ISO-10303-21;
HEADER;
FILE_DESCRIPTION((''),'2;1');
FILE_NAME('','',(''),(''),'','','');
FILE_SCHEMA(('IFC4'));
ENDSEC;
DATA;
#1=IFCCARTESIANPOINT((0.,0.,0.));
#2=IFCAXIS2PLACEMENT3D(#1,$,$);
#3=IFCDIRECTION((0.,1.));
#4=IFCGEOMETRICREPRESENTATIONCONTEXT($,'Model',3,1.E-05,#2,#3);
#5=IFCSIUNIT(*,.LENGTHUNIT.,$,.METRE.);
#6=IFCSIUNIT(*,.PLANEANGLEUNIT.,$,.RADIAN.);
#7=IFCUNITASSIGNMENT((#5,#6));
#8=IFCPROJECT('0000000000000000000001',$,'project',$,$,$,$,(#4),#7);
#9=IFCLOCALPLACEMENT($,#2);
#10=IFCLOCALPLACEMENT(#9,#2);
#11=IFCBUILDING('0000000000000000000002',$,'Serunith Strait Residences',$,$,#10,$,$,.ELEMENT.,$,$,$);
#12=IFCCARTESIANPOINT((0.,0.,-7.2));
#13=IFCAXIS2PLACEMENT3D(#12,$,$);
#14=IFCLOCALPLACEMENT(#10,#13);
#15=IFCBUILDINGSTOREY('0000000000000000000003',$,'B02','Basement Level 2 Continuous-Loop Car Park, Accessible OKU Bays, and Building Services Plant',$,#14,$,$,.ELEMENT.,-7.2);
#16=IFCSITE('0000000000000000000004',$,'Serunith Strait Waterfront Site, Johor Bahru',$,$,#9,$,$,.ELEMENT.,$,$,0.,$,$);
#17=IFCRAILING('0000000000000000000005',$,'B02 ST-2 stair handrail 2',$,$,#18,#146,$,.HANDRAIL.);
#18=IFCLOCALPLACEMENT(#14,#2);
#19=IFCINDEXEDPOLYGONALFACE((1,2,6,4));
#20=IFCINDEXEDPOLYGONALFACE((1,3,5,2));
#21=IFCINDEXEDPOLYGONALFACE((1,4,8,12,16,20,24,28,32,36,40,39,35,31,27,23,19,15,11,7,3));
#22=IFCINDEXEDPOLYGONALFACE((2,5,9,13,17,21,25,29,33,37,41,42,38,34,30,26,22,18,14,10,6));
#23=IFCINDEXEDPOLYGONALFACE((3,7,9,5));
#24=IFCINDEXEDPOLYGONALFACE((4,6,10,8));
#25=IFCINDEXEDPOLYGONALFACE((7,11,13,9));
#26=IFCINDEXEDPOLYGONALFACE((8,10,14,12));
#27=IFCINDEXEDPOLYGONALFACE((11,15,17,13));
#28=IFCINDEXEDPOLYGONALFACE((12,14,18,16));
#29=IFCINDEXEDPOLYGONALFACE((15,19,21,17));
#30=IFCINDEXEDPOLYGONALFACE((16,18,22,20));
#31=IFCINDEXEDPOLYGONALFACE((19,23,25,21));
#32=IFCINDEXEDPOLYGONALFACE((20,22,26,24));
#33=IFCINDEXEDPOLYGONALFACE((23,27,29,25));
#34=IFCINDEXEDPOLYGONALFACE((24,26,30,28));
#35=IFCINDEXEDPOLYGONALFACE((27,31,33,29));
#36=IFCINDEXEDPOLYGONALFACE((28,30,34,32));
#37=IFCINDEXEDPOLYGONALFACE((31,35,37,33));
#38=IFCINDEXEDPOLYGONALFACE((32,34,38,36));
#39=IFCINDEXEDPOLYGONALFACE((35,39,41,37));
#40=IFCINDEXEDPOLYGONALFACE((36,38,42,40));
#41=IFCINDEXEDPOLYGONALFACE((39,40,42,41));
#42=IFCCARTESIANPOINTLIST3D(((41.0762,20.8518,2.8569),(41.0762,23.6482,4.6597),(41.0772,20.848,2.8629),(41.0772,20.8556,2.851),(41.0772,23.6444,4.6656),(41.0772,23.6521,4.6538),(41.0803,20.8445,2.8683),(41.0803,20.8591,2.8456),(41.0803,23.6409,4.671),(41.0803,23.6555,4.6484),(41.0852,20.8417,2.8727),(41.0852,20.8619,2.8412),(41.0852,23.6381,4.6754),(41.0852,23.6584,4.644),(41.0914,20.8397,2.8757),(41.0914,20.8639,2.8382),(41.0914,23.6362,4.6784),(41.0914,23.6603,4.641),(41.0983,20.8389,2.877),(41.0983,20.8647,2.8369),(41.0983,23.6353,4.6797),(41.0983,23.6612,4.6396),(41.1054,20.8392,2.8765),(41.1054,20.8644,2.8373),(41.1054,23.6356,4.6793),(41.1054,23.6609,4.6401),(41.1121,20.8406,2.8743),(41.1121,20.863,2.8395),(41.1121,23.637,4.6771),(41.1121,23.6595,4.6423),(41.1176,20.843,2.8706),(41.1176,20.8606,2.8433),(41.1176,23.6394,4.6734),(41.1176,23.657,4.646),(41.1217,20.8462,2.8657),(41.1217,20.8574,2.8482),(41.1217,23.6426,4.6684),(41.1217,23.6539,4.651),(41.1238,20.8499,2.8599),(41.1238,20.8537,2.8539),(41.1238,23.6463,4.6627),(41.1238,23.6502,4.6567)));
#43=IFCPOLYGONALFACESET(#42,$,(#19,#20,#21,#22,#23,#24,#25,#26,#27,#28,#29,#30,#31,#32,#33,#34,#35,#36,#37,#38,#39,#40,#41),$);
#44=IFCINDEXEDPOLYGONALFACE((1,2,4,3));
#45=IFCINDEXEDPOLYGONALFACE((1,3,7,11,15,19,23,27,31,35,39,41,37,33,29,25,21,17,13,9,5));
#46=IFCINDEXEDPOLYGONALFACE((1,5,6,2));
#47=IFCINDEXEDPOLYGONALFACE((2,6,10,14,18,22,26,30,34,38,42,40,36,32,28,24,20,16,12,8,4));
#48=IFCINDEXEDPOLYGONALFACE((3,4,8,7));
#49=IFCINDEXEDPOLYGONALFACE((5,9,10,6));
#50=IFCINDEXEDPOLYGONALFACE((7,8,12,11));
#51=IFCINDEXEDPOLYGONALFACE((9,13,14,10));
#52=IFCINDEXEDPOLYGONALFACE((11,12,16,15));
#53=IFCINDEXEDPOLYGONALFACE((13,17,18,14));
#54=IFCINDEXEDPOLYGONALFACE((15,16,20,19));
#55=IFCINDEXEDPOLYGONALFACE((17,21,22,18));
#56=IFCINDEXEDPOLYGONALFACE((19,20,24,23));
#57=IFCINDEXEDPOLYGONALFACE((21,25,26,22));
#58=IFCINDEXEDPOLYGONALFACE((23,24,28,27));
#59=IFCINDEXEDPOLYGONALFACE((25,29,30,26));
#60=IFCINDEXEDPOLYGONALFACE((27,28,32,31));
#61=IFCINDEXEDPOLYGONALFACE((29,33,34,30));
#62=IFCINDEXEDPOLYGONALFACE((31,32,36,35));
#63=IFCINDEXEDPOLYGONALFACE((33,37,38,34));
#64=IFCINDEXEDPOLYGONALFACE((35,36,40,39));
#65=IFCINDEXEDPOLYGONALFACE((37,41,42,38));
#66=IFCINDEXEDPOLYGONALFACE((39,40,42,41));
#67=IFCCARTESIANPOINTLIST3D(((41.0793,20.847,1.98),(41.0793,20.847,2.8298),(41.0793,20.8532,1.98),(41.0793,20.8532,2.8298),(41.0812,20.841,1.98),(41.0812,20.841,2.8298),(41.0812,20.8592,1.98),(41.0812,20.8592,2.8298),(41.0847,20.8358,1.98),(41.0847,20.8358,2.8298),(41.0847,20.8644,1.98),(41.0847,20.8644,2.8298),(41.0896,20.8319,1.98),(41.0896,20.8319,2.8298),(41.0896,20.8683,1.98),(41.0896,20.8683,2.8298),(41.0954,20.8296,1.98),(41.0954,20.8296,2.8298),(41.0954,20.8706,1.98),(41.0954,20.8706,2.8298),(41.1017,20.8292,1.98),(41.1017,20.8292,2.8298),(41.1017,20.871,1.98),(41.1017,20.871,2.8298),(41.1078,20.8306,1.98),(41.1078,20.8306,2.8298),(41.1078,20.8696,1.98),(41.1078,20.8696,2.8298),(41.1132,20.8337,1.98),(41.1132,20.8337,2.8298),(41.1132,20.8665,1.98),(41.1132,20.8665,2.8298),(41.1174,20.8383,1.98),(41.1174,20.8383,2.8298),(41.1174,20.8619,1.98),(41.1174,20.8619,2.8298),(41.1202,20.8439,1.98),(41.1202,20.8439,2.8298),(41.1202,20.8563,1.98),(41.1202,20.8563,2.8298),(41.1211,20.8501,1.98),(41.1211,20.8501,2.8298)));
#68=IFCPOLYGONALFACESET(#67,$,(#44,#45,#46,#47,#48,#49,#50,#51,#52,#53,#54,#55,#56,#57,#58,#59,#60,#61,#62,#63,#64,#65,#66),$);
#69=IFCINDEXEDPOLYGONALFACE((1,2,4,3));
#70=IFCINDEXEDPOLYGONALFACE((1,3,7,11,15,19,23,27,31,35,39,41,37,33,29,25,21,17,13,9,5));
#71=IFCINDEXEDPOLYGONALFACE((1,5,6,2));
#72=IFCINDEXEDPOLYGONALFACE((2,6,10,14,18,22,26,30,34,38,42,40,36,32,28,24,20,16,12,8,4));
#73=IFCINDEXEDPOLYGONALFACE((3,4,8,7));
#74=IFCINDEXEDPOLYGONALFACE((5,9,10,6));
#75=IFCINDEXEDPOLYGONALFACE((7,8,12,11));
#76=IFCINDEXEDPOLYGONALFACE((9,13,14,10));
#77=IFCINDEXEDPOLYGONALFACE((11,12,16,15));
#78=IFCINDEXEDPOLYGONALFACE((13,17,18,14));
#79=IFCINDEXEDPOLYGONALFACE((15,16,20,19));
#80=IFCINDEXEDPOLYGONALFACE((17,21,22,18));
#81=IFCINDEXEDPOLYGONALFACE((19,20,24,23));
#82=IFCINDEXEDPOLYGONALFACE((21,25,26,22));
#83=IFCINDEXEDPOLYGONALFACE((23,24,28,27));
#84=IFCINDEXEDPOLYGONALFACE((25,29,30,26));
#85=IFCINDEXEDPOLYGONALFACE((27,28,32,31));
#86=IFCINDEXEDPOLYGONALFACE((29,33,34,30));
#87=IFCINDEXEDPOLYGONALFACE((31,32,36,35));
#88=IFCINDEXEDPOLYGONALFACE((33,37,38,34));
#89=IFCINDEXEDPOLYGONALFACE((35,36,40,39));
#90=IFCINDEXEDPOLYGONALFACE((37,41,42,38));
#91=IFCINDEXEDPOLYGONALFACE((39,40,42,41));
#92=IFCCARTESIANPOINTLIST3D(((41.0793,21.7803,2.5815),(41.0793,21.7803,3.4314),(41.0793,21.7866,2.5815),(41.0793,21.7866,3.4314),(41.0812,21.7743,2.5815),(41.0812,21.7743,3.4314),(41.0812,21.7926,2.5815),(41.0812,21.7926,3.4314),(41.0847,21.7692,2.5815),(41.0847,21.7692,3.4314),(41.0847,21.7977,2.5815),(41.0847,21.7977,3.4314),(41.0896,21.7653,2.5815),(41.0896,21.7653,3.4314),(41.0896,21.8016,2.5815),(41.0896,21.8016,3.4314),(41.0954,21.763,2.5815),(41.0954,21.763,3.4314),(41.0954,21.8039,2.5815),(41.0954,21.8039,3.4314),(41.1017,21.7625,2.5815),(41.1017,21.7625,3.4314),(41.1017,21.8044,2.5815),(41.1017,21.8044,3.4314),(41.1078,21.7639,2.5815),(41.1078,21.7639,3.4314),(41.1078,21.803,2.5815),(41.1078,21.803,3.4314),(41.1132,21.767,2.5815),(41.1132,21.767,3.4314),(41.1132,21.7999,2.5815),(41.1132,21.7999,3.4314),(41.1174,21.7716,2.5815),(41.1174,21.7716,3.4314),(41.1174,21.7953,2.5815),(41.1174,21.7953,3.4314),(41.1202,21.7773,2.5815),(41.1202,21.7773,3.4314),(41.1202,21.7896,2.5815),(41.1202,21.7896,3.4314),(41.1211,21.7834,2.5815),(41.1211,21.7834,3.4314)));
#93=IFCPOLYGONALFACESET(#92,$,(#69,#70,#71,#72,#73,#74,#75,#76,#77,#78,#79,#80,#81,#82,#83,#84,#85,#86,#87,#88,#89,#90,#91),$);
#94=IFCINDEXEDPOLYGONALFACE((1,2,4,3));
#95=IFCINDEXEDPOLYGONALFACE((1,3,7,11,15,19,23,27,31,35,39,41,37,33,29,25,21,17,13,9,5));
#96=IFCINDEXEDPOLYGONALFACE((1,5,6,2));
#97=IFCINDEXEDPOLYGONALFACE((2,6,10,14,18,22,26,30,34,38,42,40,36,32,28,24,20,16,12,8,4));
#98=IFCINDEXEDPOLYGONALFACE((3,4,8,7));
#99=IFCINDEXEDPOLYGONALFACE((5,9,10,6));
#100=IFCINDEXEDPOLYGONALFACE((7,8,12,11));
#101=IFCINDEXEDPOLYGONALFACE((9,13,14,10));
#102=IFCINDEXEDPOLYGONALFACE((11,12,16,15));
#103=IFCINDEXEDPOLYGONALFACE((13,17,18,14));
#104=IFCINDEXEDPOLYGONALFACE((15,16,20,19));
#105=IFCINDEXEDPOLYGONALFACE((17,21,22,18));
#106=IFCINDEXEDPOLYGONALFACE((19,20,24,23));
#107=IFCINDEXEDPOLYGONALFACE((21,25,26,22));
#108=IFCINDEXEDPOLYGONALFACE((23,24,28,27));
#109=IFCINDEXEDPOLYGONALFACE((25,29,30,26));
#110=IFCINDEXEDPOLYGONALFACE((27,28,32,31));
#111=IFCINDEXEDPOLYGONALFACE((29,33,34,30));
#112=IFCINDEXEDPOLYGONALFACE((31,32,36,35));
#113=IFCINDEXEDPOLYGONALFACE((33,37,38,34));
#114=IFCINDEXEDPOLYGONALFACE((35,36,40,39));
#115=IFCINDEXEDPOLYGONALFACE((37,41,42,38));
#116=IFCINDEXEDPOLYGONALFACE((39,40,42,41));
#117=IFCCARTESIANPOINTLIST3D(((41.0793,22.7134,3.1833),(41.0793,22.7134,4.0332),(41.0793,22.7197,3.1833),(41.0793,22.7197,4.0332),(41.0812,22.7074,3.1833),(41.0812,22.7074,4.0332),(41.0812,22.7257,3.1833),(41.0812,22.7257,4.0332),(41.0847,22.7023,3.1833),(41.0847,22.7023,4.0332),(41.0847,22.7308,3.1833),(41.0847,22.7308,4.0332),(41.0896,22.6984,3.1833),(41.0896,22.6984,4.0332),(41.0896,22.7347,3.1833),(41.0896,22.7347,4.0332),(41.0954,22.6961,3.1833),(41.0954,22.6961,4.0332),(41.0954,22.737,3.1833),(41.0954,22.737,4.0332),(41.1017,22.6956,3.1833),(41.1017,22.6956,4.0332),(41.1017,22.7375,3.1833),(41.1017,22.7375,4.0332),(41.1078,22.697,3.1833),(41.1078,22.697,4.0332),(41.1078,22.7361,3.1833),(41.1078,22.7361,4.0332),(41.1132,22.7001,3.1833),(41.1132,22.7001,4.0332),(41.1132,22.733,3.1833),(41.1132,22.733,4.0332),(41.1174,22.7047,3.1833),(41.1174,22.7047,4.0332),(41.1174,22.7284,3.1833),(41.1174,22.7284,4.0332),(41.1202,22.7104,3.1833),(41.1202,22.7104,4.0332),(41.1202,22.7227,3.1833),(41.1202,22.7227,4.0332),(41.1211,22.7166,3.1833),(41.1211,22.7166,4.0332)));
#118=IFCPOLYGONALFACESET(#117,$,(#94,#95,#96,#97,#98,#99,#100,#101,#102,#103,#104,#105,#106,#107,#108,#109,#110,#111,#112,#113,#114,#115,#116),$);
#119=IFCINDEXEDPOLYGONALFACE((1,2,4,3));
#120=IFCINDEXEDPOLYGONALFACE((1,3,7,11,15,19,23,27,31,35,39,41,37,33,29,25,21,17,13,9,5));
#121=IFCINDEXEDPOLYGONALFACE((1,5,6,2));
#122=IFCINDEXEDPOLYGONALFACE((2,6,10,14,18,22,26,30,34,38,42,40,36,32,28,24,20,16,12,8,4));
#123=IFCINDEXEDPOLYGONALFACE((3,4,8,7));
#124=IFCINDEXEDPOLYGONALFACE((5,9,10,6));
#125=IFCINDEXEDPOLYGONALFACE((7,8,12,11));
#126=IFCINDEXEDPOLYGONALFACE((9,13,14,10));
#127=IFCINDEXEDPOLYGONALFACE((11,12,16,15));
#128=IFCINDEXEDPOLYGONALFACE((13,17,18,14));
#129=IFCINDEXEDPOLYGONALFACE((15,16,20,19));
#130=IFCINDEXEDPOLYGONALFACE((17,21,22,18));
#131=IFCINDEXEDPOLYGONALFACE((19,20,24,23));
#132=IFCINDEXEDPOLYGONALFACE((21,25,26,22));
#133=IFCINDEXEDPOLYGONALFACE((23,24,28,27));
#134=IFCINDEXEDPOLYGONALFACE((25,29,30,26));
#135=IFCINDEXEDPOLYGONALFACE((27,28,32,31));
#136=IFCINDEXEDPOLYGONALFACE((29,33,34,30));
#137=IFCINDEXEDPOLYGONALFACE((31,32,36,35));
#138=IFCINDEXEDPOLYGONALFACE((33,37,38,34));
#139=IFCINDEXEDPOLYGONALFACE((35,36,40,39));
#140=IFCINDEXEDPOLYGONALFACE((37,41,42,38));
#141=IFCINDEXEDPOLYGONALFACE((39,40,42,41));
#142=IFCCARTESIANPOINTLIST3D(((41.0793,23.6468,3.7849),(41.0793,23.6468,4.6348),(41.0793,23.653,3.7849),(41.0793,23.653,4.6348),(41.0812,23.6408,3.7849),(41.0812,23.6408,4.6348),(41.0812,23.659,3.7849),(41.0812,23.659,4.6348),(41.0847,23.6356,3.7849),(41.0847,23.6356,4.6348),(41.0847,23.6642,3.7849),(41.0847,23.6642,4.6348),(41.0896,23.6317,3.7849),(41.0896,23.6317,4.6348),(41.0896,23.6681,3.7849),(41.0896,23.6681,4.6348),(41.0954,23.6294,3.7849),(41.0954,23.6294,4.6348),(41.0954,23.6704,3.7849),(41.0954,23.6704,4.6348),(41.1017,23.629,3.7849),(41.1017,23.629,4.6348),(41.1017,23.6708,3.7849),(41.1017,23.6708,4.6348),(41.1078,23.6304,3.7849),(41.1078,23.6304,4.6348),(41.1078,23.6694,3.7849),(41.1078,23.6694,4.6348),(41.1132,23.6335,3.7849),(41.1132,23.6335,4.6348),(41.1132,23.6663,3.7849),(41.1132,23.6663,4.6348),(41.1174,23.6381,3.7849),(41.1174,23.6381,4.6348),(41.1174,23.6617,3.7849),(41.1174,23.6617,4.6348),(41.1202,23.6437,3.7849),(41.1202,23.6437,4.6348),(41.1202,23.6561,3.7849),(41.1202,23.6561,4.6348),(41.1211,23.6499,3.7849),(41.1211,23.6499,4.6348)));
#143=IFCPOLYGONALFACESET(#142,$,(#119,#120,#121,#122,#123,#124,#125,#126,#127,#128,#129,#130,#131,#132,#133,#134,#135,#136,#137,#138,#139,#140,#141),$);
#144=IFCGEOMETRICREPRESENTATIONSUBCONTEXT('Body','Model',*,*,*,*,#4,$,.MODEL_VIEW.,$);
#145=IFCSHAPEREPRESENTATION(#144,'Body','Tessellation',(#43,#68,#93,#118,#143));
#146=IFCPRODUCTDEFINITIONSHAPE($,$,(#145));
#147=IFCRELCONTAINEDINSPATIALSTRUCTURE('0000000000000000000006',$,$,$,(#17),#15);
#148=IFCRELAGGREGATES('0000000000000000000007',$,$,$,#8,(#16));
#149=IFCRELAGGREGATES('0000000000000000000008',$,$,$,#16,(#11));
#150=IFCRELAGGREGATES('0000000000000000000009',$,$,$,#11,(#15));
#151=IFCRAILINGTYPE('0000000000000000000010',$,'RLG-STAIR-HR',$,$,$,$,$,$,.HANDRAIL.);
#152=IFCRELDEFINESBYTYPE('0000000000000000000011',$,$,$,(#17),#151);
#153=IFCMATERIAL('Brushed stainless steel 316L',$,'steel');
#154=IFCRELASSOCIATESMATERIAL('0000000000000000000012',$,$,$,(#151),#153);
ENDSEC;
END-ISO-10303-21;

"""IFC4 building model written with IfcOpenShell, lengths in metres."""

from ifc_helpers import new_model, si_unit, direction, frame, origin, origin_2d, place, context, subcontext, project, spatial, circle, extrude, material, type_object, element, save


model = new_model("IFC4")

# Units and contexts
model_context = context("Model", 3, precision=1e-05, world=origin(), true_north=direction((0.0, 1.0)))
body_context = subcontext(model_context, "Body", "Model", "MODEL_VIEW")
ifc_project = project(units=[si_unit("LENGTHUNIT", "METRE"), si_unit("PLANEANGLEUNIT", "RADIAN")], contexts=[model_context])

# Site, building, storey
site_placement = place(None, origin())
site = spatial("IfcSite", under=ifc_project, at=site_placement, Name="Serunith Strait Waterfront Site, Johor Bahru", CompositionType="ELEMENT", RefElevation=0.0)
building_placement = place(site_placement, origin())
building = spatial("IfcBuilding", under=site, at=building_placement, Name="Serunith Strait Residences", CompositionType="ELEMENT")
storey_placement = place(building_placement, frame((0.0, 0.0, -7.2)))
storey = spatial("IfcBuildingStorey", under=building, at=storey_placement, Name="B02", Description="Basement Level 2 Continuous-Loop Car Park, Accessible OKU Bays, and Building Services Plant", CompositionType="ELEMENT", Elevation=-7.2)

# Railing
ifc_material_1 = material(Name="Brushed stainless steel 316L", Category="steel")
railing_type_1 = type_object("IfcRailingType", Name="RLG-STAIR-HR", PredefinedType="HANDRAIL", material=ifc_material_1)
railing_1_placement = place(storey_placement, frame((41.1001, 20.8501, 1.98)))
element("IfcRailing", 1, at=railing_1_placement, inside=storey, type_object=railing_type_1, Name="B02 ST-2 stair handrail 2", PredefinedType="HANDRAIL", context=body_context, shape_type="SweptSolid", body=[
    extrude(circle(Radius=0.0239, at=origin_2d()), frame((0.0, 0.0017, 0.877), z_axis=(0.0, 0.840487, 0.541831), x_axis=(-1.0, 0.0, 0.0)), (0.0, 0.0, 1.0), 3.3271),
    extrude(circle(Radius=0.021, at=origin_2d()), origin(), (0.0, 0.0, 1.0), 0.8499),
    extrude(circle(Radius=0.021, at=origin_2d()), frame((0.0, 0.9333, 0.6016)), (0.0, 0.0, 1.0), 0.8499),
    extrude(circle(Radius=0.021, at=origin_2d()), frame((0.0, 1.8665, 1.2034)), (0.0, 0.0, 1.0), 0.8499),
    extrude(circle(Radius=0.021, at=origin_2d()), frame((0.0, 2.7998, 1.8049)), (0.0, 0.0, 1.0), 0.8499),
])

save(model, "model.ifc")
